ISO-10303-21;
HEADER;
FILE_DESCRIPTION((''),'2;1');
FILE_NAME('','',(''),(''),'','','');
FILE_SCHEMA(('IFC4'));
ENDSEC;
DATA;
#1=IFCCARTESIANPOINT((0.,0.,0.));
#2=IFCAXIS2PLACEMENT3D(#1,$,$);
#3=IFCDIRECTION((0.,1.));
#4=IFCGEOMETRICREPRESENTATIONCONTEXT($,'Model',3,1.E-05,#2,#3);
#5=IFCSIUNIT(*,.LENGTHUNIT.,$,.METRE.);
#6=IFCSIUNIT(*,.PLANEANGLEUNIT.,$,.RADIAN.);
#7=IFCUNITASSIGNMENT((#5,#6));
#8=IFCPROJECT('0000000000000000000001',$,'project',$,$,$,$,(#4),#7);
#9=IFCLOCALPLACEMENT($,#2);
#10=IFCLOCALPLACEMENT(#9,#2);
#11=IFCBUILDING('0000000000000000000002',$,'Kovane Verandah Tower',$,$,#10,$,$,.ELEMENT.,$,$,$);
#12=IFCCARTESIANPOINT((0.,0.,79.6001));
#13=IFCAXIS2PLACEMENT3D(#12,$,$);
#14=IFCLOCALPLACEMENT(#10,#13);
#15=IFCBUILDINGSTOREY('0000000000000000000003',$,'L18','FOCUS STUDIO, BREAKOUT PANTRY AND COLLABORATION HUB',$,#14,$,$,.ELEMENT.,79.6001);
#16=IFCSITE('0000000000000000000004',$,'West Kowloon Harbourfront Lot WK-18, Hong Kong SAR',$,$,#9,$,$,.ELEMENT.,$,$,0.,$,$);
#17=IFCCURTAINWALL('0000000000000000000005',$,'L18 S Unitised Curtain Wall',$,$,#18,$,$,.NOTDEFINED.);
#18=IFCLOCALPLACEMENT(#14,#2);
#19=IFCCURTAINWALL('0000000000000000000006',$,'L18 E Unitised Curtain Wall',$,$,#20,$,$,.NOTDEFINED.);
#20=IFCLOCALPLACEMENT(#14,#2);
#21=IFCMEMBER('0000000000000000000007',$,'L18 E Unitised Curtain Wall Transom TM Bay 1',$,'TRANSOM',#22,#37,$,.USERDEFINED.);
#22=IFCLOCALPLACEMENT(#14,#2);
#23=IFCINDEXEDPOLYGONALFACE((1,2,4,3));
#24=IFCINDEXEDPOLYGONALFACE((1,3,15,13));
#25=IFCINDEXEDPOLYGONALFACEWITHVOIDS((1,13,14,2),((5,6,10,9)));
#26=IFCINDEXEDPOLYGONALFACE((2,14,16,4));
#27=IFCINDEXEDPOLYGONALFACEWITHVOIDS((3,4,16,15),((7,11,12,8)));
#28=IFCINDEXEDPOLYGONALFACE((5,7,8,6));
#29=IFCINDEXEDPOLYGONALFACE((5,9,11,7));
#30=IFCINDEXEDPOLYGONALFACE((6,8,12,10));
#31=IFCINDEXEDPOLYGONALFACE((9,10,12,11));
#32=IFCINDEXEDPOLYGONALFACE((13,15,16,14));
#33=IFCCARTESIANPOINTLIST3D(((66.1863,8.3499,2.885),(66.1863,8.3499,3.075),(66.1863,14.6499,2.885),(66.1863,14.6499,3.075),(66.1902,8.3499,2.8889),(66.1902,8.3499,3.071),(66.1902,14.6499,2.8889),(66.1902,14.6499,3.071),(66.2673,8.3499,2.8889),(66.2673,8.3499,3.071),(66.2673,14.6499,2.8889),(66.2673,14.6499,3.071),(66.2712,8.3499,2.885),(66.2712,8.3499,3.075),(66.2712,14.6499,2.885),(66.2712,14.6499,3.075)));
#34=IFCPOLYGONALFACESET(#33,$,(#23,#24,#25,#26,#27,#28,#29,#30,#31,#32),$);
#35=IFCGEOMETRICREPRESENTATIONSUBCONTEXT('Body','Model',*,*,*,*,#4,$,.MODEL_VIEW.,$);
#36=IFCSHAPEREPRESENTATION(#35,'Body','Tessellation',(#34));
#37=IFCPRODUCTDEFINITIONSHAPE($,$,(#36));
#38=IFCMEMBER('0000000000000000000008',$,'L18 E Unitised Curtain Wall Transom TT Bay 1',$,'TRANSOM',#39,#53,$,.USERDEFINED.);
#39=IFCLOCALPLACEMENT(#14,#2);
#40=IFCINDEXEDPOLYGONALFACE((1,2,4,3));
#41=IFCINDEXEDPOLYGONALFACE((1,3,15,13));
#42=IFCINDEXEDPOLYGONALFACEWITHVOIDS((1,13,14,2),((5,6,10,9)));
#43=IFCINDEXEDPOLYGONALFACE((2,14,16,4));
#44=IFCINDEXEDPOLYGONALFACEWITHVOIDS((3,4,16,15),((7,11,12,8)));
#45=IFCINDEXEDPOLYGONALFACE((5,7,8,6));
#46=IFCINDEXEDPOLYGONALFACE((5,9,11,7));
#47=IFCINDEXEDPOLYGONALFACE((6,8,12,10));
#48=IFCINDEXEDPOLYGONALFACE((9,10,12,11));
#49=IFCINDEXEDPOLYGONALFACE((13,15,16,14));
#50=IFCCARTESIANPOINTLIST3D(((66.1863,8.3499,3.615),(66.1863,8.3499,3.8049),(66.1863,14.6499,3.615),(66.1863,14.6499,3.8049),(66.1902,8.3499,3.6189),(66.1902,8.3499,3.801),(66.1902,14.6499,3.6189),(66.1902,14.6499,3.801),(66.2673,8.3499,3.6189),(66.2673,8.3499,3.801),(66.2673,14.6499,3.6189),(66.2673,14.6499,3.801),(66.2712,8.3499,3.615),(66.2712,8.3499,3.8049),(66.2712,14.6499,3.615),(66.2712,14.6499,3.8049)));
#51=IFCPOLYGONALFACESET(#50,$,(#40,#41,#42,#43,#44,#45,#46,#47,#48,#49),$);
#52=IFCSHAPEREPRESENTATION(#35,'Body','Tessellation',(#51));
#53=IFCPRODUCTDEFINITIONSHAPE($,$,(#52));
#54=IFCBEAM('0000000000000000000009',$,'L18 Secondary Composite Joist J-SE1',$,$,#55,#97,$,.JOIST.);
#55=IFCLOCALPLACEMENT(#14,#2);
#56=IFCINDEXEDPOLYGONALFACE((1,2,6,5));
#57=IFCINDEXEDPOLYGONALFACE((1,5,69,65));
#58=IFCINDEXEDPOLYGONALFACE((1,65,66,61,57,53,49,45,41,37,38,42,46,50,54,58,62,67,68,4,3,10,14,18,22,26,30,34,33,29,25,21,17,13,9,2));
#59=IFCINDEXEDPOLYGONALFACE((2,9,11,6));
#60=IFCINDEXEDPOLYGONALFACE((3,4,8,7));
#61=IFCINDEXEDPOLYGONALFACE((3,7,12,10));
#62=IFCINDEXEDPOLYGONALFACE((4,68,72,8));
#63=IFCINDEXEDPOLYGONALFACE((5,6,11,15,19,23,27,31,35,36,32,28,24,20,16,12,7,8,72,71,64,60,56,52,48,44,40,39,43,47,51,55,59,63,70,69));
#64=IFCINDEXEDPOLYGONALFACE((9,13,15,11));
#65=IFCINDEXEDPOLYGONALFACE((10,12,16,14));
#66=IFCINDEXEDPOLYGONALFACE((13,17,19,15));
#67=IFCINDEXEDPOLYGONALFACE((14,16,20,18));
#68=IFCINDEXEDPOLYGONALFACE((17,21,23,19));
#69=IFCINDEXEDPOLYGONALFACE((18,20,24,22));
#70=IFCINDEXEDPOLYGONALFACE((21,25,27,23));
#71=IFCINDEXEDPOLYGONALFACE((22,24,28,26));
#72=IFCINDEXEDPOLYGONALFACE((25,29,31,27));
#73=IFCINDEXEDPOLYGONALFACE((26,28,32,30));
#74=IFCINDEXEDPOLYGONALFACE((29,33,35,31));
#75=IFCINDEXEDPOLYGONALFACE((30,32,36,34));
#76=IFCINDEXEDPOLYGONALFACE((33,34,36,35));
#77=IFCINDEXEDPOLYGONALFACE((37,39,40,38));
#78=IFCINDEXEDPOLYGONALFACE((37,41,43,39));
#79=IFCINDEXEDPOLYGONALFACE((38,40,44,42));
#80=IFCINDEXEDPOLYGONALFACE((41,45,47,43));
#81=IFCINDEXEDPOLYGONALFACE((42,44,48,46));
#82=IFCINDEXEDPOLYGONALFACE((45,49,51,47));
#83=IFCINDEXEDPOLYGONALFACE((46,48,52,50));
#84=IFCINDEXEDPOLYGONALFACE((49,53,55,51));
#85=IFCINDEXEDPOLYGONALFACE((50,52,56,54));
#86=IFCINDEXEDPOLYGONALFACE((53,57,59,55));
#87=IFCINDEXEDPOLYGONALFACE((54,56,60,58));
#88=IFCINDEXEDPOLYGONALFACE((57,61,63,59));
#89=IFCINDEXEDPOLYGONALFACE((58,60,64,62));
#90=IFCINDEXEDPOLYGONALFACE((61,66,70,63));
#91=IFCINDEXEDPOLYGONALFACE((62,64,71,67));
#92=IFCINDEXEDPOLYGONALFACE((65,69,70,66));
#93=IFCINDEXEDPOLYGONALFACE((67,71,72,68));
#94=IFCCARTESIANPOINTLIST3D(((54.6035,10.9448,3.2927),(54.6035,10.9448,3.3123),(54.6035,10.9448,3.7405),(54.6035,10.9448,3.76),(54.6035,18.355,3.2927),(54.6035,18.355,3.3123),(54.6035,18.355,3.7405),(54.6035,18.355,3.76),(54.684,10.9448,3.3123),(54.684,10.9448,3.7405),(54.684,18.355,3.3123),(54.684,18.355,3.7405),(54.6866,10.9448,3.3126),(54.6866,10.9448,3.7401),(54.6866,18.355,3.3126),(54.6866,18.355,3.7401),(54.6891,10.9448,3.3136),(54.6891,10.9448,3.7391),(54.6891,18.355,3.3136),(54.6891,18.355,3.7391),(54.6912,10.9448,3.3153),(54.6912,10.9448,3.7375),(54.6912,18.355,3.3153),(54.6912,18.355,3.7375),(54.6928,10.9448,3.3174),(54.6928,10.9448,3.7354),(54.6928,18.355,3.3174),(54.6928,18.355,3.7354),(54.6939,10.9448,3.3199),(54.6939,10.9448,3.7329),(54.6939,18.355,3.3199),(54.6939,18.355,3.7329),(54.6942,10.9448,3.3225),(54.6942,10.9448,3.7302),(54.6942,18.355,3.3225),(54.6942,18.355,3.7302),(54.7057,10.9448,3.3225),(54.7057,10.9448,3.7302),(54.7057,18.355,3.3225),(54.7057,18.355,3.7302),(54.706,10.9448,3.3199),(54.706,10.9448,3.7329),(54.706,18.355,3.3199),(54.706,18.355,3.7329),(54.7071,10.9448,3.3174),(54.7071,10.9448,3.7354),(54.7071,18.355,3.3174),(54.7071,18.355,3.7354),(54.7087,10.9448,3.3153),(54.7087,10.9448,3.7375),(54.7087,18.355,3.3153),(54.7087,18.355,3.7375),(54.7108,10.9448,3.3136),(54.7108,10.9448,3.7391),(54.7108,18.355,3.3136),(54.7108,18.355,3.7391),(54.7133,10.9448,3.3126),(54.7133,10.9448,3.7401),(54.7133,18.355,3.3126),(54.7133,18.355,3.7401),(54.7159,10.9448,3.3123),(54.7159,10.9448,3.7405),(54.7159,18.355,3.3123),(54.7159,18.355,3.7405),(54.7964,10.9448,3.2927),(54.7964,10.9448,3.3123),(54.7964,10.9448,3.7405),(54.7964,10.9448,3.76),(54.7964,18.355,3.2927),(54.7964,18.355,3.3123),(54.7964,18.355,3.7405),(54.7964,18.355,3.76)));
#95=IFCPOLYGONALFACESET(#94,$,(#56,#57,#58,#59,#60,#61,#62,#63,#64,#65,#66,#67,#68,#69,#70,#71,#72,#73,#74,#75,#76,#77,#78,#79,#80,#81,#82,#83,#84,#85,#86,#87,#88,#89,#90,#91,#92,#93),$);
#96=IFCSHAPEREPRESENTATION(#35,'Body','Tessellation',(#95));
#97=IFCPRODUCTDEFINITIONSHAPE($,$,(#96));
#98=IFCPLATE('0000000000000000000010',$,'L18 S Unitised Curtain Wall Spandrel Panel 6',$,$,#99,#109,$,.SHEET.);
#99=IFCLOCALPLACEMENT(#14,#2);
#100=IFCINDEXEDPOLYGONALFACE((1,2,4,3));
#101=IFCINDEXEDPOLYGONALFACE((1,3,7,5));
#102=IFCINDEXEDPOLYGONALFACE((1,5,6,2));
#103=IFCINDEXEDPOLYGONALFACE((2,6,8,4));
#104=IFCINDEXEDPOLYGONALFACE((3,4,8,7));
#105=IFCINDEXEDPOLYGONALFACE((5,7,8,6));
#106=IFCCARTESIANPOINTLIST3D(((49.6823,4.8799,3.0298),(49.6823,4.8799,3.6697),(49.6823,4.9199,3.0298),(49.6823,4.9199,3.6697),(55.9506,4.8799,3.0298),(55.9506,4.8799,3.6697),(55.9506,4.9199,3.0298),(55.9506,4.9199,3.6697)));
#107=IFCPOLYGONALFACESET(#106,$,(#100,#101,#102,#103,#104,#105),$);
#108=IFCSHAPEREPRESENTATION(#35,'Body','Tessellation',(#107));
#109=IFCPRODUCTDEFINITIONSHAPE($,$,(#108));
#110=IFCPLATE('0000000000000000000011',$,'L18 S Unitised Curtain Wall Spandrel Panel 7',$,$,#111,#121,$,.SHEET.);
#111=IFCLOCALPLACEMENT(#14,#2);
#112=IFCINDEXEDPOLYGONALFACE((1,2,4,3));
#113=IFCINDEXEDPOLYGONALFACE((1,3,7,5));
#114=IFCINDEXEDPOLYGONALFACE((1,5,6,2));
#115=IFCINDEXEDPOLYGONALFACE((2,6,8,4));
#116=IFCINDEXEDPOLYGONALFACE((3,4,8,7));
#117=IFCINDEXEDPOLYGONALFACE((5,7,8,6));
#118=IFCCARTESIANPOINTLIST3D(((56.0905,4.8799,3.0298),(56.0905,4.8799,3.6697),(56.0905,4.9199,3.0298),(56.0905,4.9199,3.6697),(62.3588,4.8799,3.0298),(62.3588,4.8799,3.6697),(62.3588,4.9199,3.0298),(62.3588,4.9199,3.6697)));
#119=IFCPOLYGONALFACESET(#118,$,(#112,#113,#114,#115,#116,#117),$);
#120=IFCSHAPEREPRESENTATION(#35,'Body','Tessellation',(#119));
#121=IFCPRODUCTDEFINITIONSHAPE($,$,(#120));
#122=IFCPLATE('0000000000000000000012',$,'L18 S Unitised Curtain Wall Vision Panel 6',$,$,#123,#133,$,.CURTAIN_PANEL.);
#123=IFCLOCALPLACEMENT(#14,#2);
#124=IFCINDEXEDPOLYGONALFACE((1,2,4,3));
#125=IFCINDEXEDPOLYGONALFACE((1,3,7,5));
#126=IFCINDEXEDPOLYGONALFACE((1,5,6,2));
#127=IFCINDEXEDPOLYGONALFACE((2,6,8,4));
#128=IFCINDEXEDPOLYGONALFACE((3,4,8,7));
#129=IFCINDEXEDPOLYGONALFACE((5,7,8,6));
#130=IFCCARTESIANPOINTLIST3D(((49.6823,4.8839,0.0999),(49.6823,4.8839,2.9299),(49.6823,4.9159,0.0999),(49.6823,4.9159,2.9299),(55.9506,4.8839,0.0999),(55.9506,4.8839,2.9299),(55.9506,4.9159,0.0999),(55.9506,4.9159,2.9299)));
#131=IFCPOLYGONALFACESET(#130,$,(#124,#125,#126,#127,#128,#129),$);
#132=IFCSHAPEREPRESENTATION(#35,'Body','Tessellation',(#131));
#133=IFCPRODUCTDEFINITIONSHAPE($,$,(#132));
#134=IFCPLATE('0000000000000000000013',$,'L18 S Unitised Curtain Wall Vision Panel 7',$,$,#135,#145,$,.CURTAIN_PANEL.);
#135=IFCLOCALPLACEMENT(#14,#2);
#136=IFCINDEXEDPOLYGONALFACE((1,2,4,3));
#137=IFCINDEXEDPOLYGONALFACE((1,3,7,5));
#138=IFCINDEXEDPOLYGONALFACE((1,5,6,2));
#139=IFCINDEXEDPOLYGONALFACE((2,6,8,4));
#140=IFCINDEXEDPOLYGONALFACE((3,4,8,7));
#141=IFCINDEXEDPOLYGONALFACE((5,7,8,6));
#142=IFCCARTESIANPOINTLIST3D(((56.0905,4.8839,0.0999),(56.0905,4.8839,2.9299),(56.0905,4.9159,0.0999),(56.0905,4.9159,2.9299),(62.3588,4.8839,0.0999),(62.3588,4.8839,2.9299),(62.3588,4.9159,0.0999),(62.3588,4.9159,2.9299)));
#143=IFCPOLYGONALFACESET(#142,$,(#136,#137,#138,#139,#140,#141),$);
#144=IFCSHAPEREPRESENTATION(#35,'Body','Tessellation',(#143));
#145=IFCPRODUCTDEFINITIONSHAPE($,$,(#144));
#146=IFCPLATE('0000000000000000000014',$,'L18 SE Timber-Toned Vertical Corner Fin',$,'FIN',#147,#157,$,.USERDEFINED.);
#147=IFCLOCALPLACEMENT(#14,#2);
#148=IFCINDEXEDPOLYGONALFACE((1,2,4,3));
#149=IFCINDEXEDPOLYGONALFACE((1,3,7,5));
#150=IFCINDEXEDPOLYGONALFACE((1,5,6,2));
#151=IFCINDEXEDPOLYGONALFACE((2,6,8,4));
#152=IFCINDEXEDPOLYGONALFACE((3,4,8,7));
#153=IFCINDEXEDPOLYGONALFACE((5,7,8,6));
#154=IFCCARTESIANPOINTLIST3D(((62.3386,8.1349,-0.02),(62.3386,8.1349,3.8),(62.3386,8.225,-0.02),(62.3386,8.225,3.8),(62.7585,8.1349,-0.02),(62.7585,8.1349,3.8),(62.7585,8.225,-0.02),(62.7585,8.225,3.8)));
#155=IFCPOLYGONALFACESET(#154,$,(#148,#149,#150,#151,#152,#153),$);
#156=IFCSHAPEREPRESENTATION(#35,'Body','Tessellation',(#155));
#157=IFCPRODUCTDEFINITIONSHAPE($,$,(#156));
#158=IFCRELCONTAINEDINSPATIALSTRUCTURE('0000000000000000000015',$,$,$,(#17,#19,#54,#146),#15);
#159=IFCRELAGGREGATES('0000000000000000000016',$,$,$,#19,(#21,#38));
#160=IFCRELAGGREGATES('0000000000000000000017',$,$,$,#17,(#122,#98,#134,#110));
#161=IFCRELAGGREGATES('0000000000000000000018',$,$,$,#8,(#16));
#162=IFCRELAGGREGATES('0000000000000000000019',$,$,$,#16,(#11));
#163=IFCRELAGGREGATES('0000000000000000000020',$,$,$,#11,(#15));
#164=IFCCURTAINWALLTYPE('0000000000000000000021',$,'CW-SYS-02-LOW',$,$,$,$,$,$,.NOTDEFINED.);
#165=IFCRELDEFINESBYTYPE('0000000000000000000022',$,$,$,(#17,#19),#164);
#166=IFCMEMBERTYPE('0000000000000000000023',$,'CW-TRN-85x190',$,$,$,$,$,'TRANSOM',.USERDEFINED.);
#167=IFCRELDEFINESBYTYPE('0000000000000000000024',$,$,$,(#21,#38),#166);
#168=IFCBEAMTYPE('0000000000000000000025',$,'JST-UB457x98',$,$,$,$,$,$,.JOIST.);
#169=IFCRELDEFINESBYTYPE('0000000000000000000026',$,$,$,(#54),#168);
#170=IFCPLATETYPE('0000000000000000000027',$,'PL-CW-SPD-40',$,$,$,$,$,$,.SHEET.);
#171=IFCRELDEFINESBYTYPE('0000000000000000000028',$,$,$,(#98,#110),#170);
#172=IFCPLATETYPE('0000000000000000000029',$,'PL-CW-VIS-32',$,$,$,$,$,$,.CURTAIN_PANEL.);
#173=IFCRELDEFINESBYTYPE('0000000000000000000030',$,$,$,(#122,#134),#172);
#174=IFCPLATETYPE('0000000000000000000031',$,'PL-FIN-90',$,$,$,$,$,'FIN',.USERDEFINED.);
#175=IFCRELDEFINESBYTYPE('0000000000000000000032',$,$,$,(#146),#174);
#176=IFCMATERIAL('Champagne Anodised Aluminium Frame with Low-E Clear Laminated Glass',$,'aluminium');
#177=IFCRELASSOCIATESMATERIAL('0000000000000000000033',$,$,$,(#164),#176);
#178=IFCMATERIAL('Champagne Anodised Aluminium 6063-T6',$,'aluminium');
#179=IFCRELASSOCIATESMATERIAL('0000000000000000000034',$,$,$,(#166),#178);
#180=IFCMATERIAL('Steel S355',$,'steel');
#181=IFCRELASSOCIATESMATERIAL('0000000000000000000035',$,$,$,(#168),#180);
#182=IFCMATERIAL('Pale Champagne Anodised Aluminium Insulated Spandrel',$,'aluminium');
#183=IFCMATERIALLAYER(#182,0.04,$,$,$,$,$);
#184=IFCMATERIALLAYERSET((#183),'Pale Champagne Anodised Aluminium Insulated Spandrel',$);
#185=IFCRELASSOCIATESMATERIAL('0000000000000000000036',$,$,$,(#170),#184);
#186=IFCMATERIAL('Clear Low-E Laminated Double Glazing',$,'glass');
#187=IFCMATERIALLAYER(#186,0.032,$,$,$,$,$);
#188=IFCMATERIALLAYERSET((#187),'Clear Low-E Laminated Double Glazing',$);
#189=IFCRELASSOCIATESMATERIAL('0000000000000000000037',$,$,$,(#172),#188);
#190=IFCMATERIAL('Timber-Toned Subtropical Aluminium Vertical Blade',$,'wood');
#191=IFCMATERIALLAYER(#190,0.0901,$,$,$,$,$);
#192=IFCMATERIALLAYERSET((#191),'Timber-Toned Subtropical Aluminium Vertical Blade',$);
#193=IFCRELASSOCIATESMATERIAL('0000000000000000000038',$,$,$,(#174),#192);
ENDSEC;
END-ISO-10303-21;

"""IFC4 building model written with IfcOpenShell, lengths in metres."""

from ifc_helpers import new_model, si_unit, direction, frame, origin, origin_2d, place, context, subcontext, project, spatial, rectangle, hollow_rectangle, i_section, extrude, material, layer, layer_set, material_profile, profile_set, type_object, element, aggregate, save


model = new_model("IFC4")

# Units and contexts
model_context = context("Model", 3, precision=1e-05, world=origin(), true_north=direction((0.0, 1.0)))
body_context = subcontext(model_context, "Body", "Model", "MODEL_VIEW")
ifc_project = project(units=[si_unit("LENGTHUNIT", "METRE"), si_unit("PLANEANGLEUNIT", "RADIAN")], contexts=[model_context])

# Site, building, storey
site_placement = place(None, origin())
site = spatial("IfcSite", under=ifc_project, at=site_placement, Name="West Kowloon Harbourfront Lot WK-18, Hong Kong SAR", CompositionType="ELEMENT", RefElevation=0.0)
building_placement = place(site_placement, origin())
building = spatial("IfcBuilding", under=site, at=building_placement, Name="Kovane Verandah Tower", CompositionType="ELEMENT")
storey_placement = place(building_placement, frame((0.0, 0.0, 79.6001)))
storey = spatial("IfcBuildingStorey", under=building, at=storey_placement, Name="L18", Description="FOCUS STUDIO, BREAKOUT PANTRY AND COLLABORATION HUB", CompositionType="ELEMENT", Elevation=79.6001)

# Shared definitions
ifc_material_1 = material(Name="Steel S355", Category="steel")

# Curtain wall
ifc_material_2 = material(Name="Champagne Anodised Aluminium Frame with Low-E Clear Laminated Glass", Category="aluminium")
curtain_wall_type = type_object("IfcCurtainWallType", Name="CW-SYS-02-LOW", PredefinedType="NOTDEFINED", material=ifc_material_2)
curtain_wall_1_placement = place(storey_placement, origin())
curtain_wall_1 = element("IfcCurtainWall", 1, at=curtain_wall_1_placement, inside=storey, type_object=curtain_wall_type, Name="L18 S Unitised Curtain Wall", PredefinedType="NOTDEFINED")
ifc_material_3 = material(Name="Champagne Anodised Aluminium 6063-T6", Category="aluminium")

# Curtain wall
curtain_wall_2_placement = place(storey_placement, origin())
curtain_wall_2 = element("IfcCurtainWall", 2, at=curtain_wall_2_placement, inside=storey, type_object=curtain_wall_type, Name="L18 E Unitised Curtain Wall", PredefinedType="NOTDEFINED")

# Members
ifc_material_profile_1 = material_profile(ifc_material_3, hollow_rectangle(XDim=0.085, YDim=0.1899, WallThickness=0.0039, at=origin_2d()), Name="AL85x190x4")
ifc_profile_set_1 = profile_set([ifc_material_profile_1], Name="Champagne Anodised Aluminium 6063-T6")
member_type_1 = type_object("IfcMemberType", Name="CW-TRN-85x190", ElementType="TRANSOM", PredefinedType="USERDEFINED", material=ifc_profile_set_1)
member_1_placement = place(storey_placement, frame((66.2288, 8.3499, 2.98), z_axis=(0.0, 1.0, 0.0), x_axis=(-1.0, 0.0, 0.0)))
member_1 = element("IfcMember", 3, at=member_1_placement, type_object=member_type_1, Name="L18 E Unitised Curtain Wall Transom TM Bay 1", ObjectType="TRANSOM", PredefinedType="USERDEFINED", context=body_context, shape_type="SweptSolid", body=[
    extrude(hollow_rectangle(XDim=0.085, YDim=0.1899, WallThickness=0.0039, at=origin_2d()), origin(), (0.0, 0.0, 1.0), 6.3),
])
member_2_placement = place(storey_placement, frame((66.2288, 8.3499, 3.71), z_axis=(0.0, 1.0, 0.0), x_axis=(-1.0, 0.0, 0.0)))
member_2 = element("IfcMember", 4, at=member_2_placement, type_object=member_type_1, Name="L18 E Unitised Curtain Wall Transom TT Bay 1", ObjectType="TRANSOM", PredefinedType="USERDEFINED", context=body_context, shape_type="SweptSolid", body=[
    extrude(hollow_rectangle(XDim=0.085, YDim=0.1899, WallThickness=0.0039, at=origin_2d()), origin(), (0.0, 0.0, 1.0), 6.3),
])
aggregate(curtain_wall_2, [member_1, member_2])

# Beam
ifc_material_profile_2 = material_profile(ifc_material_1, i_section(OverallWidth=0.1929, OverallDepth=0.4673, WebThickness=0.0115, FlangeThickness=0.0195, FilletRadius=0.0103, at=origin_2d()), Name="UB457x191x98")
ifc_profile_set_2 = profile_set([ifc_material_profile_2], Name="Steel S355")
beam_type_1 = type_object("IfcBeamType", Name="JST-UB457x98", PredefinedType="JOIST", material=ifc_profile_set_2)
beam_1_placement = place(storey_placement, frame((54.7, 10.9448, 3.5264), z_axis=(0.0, 1.0, 0.0), x_axis=(-1.0, 0.0, 0.0)))
element("IfcBeam", 5, at=beam_1_placement, inside=storey, type_object=beam_type_1, Name="L18 Secondary Composite Joist J-SE1", PredefinedType="JOIST", context=body_context, shape_type="SweptSolid", body=[
    extrude(i_section(OverallWidth=0.1929, OverallDepth=0.4673, WebThickness=0.0115, FlangeThickness=0.0195, FilletRadius=0.0103, at=origin_2d()), origin(), (0.0, 0.0, 1.0), 7.4102),
])

# Plates
ifc_material_4 = material(Name="Pale Champagne Anodised Aluminium Insulated Spandrel", Category="aluminium")
ifc_layer_1 = layer(ifc_material_4, 0.04)
ifc_layer_set_1 = layer_set([ifc_layer_1], Name="Pale Champagne Anodised Aluminium Insulated Spandrel")
plate_type_1 = type_object("IfcPlateType", Name="PL-CW-SPD-40", PredefinedType="SHEET", material=ifc_layer_set_1)
plate_1_placement = place(storey_placement, frame((52.8164, 4.8999, 3.0298), z_axis=(0.0, 0.0, 1.0), x_axis=(1.0, 0.0, 0.0)))
plate_1 = element("IfcPlate", 6, at=plate_1_placement, type_object=plate_type_1, Name="L18 S Unitised Curtain Wall Spandrel Panel 6", PredefinedType="SHEET", context=body_context, shape_type="SweptSolid", body=[
    extrude(rectangle(XDim=6.2683, YDim=0.04, at=origin_2d()), origin(), (0.0, 0.0, 1.0), 0.6399),
])
plate_2_placement = place(storey_placement, frame((59.2246, 4.8999, 3.0298), z_axis=(0.0, 0.0, 1.0), x_axis=(1.0, 0.0, 0.0)))
plate_2 = element("IfcPlate", 7, at=plate_2_placement, type_object=plate_type_1, Name="L18 S Unitised Curtain Wall Spandrel Panel 7", PredefinedType="SHEET", context=body_context, shape_type="SweptSolid", body=[
    extrude(rectangle(XDim=6.2683, YDim=0.04, at=origin_2d()), origin(), (0.0, 0.0, 1.0), 0.6399),
])
ifc_material_5 = material(Name="Clear Low-E Laminated Double Glazing", Category="glass")
ifc_layer_2 = layer(ifc_material_5, 0.032)
ifc_layer_set_2 = layer_set([ifc_layer_2], Name="Clear Low-E Laminated Double Glazing")
plate_type_2 = type_object("IfcPlateType", Name="PL-CW-VIS-32", PredefinedType="CURTAIN_PANEL", material=ifc_layer_set_2)
plate_3_placement = place(storey_placement, frame((52.8164, 4.8999, 0.0999), z_axis=(0.0, 0.0, 1.0), x_axis=(1.0, 0.0, 0.0)))
plate_3 = element("IfcPlate", 8, at=plate_3_placement, type_object=plate_type_2, Name="L18 S Unitised Curtain Wall Vision Panel 6", PredefinedType="CURTAIN_PANEL", context=body_context, shape_type="SweptSolid", body=[
    extrude(rectangle(XDim=6.2683, YDim=0.032, at=origin_2d()), origin(), (0.0, 0.0, 1.0), 2.8301),
])
plate_4_placement = place(storey_placement, frame((59.2246, 4.8999, 0.0999), z_axis=(0.0, 0.0, 1.0), x_axis=(1.0, 0.0, 0.0)))
plate_4 = element("IfcPlate", 9, at=plate_4_placement, type_object=plate_type_2, Name="L18 S Unitised Curtain Wall Vision Panel 7", PredefinedType="CURTAIN_PANEL", context=body_context, shape_type="SweptSolid", body=[
    extrude(rectangle(XDim=6.2683, YDim=0.032, at=origin_2d()), origin(), (0.0, 0.0, 1.0), 2.8301),
])
aggregate(curtain_wall_1, [plate_3, plate_1, plate_4, plate_2])
ifc_material_6 = material(Name="Timber-Toned Subtropical Aluminium Vertical Blade", Category="wood")
ifc_layer_3 = layer(ifc_material_6, 0.0901)
ifc_layer_set_3 = layer_set([ifc_layer_3], Name="Timber-Toned Subtropical Aluminium Vertical Blade")
plate_type_3 = type_object("IfcPlateType", Name="PL-FIN-90", ElementType="FIN", PredefinedType="USERDEFINED", material=ifc_layer_set_3)
plate_5_placement = place(storey_placement, frame((62.5486, 8.1799, -0.02), z_axis=(0.0, 0.0, 1.0), x_axis=(1.0, 0.0, 0.0)))
element("IfcPlate", 10, at=plate_5_placement, inside=storey, type_object=plate_type_3, Name="L18 SE Timber-Toned Vertical Corner Fin", ObjectType="FIN", PredefinedType="USERDEFINED", context=body_context, shape_type="SweptSolid", body=[
    extrude(rectangle(XDim=0.4199, YDim=0.0901, at=origin_2d()), origin(), (0.0, 0.0, 1.0), 3.8201),
])

save(model, "model.ifc")
